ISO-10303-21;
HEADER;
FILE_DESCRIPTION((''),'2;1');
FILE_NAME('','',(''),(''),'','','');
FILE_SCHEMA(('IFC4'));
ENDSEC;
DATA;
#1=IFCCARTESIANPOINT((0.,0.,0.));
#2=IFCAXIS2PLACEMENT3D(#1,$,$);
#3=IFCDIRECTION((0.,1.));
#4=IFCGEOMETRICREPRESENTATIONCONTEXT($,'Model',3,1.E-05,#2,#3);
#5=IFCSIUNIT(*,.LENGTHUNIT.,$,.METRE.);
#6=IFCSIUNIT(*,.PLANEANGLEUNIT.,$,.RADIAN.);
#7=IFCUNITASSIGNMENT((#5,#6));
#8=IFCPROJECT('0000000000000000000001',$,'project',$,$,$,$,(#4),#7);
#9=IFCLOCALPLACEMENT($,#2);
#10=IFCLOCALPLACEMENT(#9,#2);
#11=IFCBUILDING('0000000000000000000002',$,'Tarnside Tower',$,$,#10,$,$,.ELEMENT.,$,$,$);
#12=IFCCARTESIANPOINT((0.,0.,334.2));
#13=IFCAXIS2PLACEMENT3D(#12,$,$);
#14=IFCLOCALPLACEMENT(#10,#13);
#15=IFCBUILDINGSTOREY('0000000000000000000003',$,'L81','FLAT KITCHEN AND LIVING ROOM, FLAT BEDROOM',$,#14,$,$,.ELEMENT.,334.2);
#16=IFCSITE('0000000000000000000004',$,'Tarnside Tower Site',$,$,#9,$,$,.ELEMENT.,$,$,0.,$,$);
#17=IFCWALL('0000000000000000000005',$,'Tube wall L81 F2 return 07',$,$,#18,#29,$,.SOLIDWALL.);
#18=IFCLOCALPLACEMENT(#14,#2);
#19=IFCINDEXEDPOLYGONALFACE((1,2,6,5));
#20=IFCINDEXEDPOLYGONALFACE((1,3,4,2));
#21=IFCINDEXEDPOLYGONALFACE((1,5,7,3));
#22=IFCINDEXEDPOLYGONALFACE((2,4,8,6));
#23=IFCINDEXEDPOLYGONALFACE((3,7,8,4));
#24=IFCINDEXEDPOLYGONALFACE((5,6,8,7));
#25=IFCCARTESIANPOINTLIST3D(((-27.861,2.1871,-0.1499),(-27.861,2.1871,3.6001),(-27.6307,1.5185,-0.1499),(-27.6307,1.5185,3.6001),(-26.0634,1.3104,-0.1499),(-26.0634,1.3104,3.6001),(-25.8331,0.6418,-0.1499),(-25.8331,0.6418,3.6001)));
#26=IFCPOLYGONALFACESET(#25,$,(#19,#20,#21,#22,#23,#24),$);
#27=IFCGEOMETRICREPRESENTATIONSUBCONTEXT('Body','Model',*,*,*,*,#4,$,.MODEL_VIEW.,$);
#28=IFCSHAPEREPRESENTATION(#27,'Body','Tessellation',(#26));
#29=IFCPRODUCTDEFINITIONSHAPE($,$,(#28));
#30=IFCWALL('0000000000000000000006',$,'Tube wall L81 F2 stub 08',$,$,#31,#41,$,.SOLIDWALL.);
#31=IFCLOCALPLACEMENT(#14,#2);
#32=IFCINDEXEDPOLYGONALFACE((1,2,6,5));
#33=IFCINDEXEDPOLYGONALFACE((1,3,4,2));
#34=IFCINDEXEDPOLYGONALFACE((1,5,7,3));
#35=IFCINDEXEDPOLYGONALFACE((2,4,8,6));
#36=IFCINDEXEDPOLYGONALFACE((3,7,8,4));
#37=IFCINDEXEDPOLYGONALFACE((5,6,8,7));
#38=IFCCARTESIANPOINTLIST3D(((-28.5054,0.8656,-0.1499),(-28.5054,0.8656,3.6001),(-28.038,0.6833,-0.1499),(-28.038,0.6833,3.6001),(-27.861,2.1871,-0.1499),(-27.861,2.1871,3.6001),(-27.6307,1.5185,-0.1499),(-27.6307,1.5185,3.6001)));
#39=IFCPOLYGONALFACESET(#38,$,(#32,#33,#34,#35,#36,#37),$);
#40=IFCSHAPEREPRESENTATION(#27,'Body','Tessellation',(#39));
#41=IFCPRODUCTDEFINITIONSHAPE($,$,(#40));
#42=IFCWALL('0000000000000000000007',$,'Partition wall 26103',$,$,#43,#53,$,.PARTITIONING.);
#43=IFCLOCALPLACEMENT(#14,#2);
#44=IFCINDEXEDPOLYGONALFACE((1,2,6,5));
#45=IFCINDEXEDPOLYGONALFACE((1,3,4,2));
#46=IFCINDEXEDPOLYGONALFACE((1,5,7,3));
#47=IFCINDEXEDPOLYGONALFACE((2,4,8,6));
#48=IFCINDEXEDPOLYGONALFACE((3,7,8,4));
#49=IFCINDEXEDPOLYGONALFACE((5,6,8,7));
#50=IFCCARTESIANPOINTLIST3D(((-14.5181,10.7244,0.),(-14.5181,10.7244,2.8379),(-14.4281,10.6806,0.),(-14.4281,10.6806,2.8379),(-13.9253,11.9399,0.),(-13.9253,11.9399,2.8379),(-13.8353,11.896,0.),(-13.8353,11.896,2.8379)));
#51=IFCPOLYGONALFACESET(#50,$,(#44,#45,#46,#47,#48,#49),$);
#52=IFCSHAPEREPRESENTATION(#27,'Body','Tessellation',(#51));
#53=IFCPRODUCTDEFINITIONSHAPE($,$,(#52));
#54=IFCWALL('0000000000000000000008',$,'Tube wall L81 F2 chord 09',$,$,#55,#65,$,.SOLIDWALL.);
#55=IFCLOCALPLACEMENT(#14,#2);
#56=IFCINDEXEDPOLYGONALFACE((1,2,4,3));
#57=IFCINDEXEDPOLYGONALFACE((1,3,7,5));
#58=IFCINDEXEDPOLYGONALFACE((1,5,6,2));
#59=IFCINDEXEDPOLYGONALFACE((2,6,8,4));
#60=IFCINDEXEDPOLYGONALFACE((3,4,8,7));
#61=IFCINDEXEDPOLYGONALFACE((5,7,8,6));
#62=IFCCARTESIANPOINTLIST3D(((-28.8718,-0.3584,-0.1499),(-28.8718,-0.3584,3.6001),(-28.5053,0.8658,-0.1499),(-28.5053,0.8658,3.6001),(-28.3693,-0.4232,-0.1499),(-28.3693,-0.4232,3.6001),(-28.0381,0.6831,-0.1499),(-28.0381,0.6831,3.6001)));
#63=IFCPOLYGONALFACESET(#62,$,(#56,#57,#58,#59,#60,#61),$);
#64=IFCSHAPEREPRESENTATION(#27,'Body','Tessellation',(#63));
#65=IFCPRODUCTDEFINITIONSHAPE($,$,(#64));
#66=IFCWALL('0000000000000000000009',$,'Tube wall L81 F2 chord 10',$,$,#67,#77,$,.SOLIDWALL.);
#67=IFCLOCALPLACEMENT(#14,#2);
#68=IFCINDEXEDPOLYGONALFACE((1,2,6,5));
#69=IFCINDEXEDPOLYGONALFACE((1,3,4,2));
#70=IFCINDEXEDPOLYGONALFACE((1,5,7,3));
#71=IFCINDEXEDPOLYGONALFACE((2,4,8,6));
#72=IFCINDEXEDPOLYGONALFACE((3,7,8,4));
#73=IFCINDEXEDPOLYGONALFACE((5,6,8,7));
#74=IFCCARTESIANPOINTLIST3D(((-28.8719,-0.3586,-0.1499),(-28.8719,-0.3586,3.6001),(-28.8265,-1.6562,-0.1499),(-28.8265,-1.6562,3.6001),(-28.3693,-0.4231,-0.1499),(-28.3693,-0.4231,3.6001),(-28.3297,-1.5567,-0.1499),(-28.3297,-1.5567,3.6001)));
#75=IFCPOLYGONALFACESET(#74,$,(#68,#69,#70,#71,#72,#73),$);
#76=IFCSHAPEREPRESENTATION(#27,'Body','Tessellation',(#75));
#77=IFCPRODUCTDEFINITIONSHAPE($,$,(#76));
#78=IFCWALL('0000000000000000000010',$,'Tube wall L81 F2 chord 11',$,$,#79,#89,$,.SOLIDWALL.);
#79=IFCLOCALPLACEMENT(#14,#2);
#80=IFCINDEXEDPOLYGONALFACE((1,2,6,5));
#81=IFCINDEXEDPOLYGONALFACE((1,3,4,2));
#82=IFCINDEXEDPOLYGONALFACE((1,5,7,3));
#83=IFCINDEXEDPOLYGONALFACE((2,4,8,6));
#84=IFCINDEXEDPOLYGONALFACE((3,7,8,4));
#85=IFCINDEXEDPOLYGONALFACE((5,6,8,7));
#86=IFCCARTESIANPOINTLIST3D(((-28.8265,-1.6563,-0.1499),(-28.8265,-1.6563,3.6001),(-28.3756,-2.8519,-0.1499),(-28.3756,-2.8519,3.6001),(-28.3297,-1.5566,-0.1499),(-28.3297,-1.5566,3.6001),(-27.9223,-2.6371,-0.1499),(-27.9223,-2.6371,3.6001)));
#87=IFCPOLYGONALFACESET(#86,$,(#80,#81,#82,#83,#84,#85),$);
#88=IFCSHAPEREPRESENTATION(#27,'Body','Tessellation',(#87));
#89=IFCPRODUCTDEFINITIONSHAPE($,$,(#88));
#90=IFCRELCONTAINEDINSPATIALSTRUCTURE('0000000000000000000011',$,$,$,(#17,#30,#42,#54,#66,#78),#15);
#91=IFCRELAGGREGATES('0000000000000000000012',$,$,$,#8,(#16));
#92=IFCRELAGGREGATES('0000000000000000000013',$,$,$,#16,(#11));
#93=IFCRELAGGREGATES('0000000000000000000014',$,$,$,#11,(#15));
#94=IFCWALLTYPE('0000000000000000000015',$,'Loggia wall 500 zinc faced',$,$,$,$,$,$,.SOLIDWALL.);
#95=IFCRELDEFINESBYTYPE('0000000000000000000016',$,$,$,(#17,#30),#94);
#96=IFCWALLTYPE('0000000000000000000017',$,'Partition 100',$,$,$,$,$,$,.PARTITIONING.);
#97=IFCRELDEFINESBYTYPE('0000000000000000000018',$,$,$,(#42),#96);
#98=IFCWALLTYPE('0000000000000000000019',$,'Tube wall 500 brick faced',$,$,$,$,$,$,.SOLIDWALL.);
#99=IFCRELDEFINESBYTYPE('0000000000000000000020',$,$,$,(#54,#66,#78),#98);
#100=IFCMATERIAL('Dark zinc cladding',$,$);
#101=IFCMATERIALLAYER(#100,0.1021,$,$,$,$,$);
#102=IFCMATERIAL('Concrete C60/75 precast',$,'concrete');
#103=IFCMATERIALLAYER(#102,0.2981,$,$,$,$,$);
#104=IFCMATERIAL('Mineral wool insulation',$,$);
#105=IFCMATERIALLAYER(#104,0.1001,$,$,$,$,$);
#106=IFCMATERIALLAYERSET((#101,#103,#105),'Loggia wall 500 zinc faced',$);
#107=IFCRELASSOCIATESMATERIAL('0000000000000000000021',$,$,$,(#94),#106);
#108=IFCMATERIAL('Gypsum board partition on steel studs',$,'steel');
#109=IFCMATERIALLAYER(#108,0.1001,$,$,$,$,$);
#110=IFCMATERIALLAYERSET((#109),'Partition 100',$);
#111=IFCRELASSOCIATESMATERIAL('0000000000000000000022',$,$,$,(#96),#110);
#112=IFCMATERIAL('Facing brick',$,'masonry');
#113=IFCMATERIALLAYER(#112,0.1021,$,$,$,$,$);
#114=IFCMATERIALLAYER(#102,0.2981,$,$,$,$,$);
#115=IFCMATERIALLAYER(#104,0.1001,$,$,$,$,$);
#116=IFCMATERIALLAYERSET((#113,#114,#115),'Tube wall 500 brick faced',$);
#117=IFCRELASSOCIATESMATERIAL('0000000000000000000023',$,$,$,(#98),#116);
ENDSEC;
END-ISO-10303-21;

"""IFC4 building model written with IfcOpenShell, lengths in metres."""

from ifc_helpers import new_model, si_unit, direction, frame, frame_2d, origin, place, context, subcontext, project, spatial, polyline, rectangle, outline, extrude, material, layer, layer_set, type_object, element, save


model = new_model("IFC4")

# Units and contexts
model_context = context("Model", 3, precision=1e-05, world=origin(), true_north=direction((0.0, 1.0)))
body_context = subcontext(model_context, "Body", "Model", "MODEL_VIEW")
ifc_project = project(units=[si_unit("LENGTHUNIT", "METRE"), si_unit("PLANEANGLEUNIT", "RADIAN")], contexts=[model_context])

# Site, building, storey
site_placement = place(None, origin())
site = spatial("IfcSite", under=ifc_project, at=site_placement, Name="Tarnside Tower Site", CompositionType="ELEMENT", RefElevation=0.0)
building_placement = place(site_placement, origin())
building = spatial("IfcBuilding", under=site, at=building_placement, Name="Tarnside Tower", CompositionType="ELEMENT")
storey_placement = place(building_placement, frame((0.0, 0.0, 334.2)))
storey = spatial("IfcBuildingStorey", under=building, at=storey_placement, Name="L81", Description="FLAT KITCHEN AND LIVING ROOM, FLAT BEDROOM", CompositionType="ELEMENT", Elevation=334.2)

# Shared definitions
ifc_material_1 = material(Name="Gypsum board partition on steel studs", Category="steel")

# Walls
ifc_material_2 = material(Name="Dark zinc cladding")
ifc_layer_1 = layer(ifc_material_2, 0.1021)
ifc_material_3 = material(Name="Concrete C60/75 precast", Category="concrete")
ifc_layer_2 = layer(ifc_material_3, 0.2981)
ifc_material_4 = material(Name="Mineral wool insulation")
ifc_layer_3 = layer(ifc_material_4, 0.1001)
ifc_layer_set_1 = layer_set([ifc_layer_1, ifc_layer_2, ifc_layer_3], Name="Loggia wall 500 zinc faced")
wall_type_1 = type_object("IfcWallType", Name="Loggia wall 500 zinc faced", PredefinedType="SOLIDWALL", material=ifc_layer_set_1)
wall_1_placement = place(storey_placement, frame((-25.9482, 0.9761, -0.1499), z_axis=(0.0, 0.0, 1.0), x_axis=(-0.898802, 0.438354, 0.0)))
element("IfcWall", 1, at=wall_1_placement, inside=storey, type_object=wall_type_1, Name="Tube wall L81 F2 return 07", PredefinedType="SOLIDWALL", context=body_context, shape_type="SweptSolid", body=[
    extrude(outline(polyline([(0.25, -0.25), (2.25, -0.25), (1.75, 0.25), (-0.25, 0.25), (0.25, -0.25)])), origin(), (0.0, 0.0, 1.0), 3.75),
])
wall_2_placement = place(storey_placement, frame((-27.7458, 1.8528, -0.1499), z_axis=(0.0, 0.0, 1.0), x_axis=(-0.438319, -0.898819, 0.0)))
element("IfcWall", 2, at=wall_2_placement, inside=storey, type_object=wall_type_1, Name="Tube wall L81 F2 stub 08", PredefinedType="SOLIDWALL", context=body_context, shape_type="SweptSolid", body=[
    extrude(outline(polyline([(-0.25, -0.25), (1.2202, -0.25), (1.1792, 0.25), (0.25, 0.25), (-0.25, -0.25)])), origin(), (0.0, 0.0, 1.0), 3.75),
])
ifc_layer_4 = layer(ifc_material_1, 0.1001)
ifc_layer_set_2 = layer_set([ifc_layer_4], Name="Partition 100")
wall_type_2 = type_object("IfcWallType", Name="Partition 100", PredefinedType="PARTITIONING", material=ifc_layer_set_2)
wall_3_placement = place(storey_placement, frame((-14.4731, 10.7024, 0.0), z_axis=(0.0, 0.0, 1.0), x_axis=(0.438381, 0.898789, 0.0)))
element("IfcWall", 3, at=wall_3_placement, inside=storey, type_object=wall_type_2, Name="Partition wall 26103", PredefinedType="PARTITIONING", context=body_context, shape_type="SweptSolid", body=[
    extrude(rectangle(XDim=1.3523, YDim=0.1001, at=frame_2d((0.6763, 0.0))), origin(), (0.0, 0.0, 1.0), 2.8379),
])
ifc_material_5 = material(Name="Facing brick", Category="masonry")
ifc_layer_5 = layer(ifc_material_5, 0.1021)
ifc_layer_6 = layer(ifc_material_3, 0.2981)
ifc_layer_7 = layer(ifc_material_4, 0.1001)
ifc_layer_set_3 = layer_set([ifc_layer_5, ifc_layer_6, ifc_layer_7], Name="Tube wall 500 brick faced")
wall_type_3 = type_object("IfcWallType", Name="Tube wall 500 brick faced", PredefinedType="SOLIDWALL", material=ifc_layer_set_3)
wall_4_placement = place(storey_placement, frame((-28.2717, 0.7744, -0.1499), z_axis=(0.0, 0.0, 1.0), x_axis=(-0.286814, -0.957986, 0.0)))
element("IfcWall", 4, at=wall_4_placement, inside=storey, type_object=wall_type_3, Name="Tube wall L81 F2 chord 09", PredefinedType="SOLIDWALL", context=body_context, shape_type="SweptSolid", body=[
    extrude(outline(polyline([(-0.0205, -0.25), (1.2573, -0.25), (1.1753, 0.25), (0.0205, 0.25), (-0.0205, -0.25)])), origin(), (0.0, 0.0, 1.0), 3.75),
])
wall_5_placement = place(storey_placement, frame((-28.6206, -0.3909, -0.1499), z_axis=(0.0, 0.0, 1.0), x_axis=(0.034925, -0.99939, 0.0)))
element("IfcWall", 5, at=wall_5_placement, inside=storey, type_object=wall_type_3, Name="Tube wall L81 F2 chord 10", PredefinedType="SOLIDWALL", context=body_context, shape_type="SweptSolid", body=[
    extrude(outline(polyline([(-0.041, -0.25), (1.2573, -0.25), (1.1753, 0.25), (0.041, 0.25), (-0.041, -0.25)])), origin(), (0.0, 0.0, 1.0), 3.75),
])
wall_6_placement = place(storey_placement, frame((-28.5781, -1.6064, -0.1499), z_axis=(0.0, 0.0, 1.0), x_axis=(0.352838, -0.935684, 0.0)))
element("IfcWall", 6, at=wall_6_placement, inside=storey, type_object=wall_type_3, Name="Tube wall L81 F2 chord 11", PredefinedType="SOLIDWALL", context=body_context, shape_type="SweptSolid", body=[
    extrude(outline(polyline([(-0.041, -0.25), (1.2368, -0.25), (1.1958, 0.25), (0.041, 0.25), (-0.041, -0.25)])), origin(), (0.0, 0.0, 1.0), 3.75),
])

save(model, "model.ifc")
